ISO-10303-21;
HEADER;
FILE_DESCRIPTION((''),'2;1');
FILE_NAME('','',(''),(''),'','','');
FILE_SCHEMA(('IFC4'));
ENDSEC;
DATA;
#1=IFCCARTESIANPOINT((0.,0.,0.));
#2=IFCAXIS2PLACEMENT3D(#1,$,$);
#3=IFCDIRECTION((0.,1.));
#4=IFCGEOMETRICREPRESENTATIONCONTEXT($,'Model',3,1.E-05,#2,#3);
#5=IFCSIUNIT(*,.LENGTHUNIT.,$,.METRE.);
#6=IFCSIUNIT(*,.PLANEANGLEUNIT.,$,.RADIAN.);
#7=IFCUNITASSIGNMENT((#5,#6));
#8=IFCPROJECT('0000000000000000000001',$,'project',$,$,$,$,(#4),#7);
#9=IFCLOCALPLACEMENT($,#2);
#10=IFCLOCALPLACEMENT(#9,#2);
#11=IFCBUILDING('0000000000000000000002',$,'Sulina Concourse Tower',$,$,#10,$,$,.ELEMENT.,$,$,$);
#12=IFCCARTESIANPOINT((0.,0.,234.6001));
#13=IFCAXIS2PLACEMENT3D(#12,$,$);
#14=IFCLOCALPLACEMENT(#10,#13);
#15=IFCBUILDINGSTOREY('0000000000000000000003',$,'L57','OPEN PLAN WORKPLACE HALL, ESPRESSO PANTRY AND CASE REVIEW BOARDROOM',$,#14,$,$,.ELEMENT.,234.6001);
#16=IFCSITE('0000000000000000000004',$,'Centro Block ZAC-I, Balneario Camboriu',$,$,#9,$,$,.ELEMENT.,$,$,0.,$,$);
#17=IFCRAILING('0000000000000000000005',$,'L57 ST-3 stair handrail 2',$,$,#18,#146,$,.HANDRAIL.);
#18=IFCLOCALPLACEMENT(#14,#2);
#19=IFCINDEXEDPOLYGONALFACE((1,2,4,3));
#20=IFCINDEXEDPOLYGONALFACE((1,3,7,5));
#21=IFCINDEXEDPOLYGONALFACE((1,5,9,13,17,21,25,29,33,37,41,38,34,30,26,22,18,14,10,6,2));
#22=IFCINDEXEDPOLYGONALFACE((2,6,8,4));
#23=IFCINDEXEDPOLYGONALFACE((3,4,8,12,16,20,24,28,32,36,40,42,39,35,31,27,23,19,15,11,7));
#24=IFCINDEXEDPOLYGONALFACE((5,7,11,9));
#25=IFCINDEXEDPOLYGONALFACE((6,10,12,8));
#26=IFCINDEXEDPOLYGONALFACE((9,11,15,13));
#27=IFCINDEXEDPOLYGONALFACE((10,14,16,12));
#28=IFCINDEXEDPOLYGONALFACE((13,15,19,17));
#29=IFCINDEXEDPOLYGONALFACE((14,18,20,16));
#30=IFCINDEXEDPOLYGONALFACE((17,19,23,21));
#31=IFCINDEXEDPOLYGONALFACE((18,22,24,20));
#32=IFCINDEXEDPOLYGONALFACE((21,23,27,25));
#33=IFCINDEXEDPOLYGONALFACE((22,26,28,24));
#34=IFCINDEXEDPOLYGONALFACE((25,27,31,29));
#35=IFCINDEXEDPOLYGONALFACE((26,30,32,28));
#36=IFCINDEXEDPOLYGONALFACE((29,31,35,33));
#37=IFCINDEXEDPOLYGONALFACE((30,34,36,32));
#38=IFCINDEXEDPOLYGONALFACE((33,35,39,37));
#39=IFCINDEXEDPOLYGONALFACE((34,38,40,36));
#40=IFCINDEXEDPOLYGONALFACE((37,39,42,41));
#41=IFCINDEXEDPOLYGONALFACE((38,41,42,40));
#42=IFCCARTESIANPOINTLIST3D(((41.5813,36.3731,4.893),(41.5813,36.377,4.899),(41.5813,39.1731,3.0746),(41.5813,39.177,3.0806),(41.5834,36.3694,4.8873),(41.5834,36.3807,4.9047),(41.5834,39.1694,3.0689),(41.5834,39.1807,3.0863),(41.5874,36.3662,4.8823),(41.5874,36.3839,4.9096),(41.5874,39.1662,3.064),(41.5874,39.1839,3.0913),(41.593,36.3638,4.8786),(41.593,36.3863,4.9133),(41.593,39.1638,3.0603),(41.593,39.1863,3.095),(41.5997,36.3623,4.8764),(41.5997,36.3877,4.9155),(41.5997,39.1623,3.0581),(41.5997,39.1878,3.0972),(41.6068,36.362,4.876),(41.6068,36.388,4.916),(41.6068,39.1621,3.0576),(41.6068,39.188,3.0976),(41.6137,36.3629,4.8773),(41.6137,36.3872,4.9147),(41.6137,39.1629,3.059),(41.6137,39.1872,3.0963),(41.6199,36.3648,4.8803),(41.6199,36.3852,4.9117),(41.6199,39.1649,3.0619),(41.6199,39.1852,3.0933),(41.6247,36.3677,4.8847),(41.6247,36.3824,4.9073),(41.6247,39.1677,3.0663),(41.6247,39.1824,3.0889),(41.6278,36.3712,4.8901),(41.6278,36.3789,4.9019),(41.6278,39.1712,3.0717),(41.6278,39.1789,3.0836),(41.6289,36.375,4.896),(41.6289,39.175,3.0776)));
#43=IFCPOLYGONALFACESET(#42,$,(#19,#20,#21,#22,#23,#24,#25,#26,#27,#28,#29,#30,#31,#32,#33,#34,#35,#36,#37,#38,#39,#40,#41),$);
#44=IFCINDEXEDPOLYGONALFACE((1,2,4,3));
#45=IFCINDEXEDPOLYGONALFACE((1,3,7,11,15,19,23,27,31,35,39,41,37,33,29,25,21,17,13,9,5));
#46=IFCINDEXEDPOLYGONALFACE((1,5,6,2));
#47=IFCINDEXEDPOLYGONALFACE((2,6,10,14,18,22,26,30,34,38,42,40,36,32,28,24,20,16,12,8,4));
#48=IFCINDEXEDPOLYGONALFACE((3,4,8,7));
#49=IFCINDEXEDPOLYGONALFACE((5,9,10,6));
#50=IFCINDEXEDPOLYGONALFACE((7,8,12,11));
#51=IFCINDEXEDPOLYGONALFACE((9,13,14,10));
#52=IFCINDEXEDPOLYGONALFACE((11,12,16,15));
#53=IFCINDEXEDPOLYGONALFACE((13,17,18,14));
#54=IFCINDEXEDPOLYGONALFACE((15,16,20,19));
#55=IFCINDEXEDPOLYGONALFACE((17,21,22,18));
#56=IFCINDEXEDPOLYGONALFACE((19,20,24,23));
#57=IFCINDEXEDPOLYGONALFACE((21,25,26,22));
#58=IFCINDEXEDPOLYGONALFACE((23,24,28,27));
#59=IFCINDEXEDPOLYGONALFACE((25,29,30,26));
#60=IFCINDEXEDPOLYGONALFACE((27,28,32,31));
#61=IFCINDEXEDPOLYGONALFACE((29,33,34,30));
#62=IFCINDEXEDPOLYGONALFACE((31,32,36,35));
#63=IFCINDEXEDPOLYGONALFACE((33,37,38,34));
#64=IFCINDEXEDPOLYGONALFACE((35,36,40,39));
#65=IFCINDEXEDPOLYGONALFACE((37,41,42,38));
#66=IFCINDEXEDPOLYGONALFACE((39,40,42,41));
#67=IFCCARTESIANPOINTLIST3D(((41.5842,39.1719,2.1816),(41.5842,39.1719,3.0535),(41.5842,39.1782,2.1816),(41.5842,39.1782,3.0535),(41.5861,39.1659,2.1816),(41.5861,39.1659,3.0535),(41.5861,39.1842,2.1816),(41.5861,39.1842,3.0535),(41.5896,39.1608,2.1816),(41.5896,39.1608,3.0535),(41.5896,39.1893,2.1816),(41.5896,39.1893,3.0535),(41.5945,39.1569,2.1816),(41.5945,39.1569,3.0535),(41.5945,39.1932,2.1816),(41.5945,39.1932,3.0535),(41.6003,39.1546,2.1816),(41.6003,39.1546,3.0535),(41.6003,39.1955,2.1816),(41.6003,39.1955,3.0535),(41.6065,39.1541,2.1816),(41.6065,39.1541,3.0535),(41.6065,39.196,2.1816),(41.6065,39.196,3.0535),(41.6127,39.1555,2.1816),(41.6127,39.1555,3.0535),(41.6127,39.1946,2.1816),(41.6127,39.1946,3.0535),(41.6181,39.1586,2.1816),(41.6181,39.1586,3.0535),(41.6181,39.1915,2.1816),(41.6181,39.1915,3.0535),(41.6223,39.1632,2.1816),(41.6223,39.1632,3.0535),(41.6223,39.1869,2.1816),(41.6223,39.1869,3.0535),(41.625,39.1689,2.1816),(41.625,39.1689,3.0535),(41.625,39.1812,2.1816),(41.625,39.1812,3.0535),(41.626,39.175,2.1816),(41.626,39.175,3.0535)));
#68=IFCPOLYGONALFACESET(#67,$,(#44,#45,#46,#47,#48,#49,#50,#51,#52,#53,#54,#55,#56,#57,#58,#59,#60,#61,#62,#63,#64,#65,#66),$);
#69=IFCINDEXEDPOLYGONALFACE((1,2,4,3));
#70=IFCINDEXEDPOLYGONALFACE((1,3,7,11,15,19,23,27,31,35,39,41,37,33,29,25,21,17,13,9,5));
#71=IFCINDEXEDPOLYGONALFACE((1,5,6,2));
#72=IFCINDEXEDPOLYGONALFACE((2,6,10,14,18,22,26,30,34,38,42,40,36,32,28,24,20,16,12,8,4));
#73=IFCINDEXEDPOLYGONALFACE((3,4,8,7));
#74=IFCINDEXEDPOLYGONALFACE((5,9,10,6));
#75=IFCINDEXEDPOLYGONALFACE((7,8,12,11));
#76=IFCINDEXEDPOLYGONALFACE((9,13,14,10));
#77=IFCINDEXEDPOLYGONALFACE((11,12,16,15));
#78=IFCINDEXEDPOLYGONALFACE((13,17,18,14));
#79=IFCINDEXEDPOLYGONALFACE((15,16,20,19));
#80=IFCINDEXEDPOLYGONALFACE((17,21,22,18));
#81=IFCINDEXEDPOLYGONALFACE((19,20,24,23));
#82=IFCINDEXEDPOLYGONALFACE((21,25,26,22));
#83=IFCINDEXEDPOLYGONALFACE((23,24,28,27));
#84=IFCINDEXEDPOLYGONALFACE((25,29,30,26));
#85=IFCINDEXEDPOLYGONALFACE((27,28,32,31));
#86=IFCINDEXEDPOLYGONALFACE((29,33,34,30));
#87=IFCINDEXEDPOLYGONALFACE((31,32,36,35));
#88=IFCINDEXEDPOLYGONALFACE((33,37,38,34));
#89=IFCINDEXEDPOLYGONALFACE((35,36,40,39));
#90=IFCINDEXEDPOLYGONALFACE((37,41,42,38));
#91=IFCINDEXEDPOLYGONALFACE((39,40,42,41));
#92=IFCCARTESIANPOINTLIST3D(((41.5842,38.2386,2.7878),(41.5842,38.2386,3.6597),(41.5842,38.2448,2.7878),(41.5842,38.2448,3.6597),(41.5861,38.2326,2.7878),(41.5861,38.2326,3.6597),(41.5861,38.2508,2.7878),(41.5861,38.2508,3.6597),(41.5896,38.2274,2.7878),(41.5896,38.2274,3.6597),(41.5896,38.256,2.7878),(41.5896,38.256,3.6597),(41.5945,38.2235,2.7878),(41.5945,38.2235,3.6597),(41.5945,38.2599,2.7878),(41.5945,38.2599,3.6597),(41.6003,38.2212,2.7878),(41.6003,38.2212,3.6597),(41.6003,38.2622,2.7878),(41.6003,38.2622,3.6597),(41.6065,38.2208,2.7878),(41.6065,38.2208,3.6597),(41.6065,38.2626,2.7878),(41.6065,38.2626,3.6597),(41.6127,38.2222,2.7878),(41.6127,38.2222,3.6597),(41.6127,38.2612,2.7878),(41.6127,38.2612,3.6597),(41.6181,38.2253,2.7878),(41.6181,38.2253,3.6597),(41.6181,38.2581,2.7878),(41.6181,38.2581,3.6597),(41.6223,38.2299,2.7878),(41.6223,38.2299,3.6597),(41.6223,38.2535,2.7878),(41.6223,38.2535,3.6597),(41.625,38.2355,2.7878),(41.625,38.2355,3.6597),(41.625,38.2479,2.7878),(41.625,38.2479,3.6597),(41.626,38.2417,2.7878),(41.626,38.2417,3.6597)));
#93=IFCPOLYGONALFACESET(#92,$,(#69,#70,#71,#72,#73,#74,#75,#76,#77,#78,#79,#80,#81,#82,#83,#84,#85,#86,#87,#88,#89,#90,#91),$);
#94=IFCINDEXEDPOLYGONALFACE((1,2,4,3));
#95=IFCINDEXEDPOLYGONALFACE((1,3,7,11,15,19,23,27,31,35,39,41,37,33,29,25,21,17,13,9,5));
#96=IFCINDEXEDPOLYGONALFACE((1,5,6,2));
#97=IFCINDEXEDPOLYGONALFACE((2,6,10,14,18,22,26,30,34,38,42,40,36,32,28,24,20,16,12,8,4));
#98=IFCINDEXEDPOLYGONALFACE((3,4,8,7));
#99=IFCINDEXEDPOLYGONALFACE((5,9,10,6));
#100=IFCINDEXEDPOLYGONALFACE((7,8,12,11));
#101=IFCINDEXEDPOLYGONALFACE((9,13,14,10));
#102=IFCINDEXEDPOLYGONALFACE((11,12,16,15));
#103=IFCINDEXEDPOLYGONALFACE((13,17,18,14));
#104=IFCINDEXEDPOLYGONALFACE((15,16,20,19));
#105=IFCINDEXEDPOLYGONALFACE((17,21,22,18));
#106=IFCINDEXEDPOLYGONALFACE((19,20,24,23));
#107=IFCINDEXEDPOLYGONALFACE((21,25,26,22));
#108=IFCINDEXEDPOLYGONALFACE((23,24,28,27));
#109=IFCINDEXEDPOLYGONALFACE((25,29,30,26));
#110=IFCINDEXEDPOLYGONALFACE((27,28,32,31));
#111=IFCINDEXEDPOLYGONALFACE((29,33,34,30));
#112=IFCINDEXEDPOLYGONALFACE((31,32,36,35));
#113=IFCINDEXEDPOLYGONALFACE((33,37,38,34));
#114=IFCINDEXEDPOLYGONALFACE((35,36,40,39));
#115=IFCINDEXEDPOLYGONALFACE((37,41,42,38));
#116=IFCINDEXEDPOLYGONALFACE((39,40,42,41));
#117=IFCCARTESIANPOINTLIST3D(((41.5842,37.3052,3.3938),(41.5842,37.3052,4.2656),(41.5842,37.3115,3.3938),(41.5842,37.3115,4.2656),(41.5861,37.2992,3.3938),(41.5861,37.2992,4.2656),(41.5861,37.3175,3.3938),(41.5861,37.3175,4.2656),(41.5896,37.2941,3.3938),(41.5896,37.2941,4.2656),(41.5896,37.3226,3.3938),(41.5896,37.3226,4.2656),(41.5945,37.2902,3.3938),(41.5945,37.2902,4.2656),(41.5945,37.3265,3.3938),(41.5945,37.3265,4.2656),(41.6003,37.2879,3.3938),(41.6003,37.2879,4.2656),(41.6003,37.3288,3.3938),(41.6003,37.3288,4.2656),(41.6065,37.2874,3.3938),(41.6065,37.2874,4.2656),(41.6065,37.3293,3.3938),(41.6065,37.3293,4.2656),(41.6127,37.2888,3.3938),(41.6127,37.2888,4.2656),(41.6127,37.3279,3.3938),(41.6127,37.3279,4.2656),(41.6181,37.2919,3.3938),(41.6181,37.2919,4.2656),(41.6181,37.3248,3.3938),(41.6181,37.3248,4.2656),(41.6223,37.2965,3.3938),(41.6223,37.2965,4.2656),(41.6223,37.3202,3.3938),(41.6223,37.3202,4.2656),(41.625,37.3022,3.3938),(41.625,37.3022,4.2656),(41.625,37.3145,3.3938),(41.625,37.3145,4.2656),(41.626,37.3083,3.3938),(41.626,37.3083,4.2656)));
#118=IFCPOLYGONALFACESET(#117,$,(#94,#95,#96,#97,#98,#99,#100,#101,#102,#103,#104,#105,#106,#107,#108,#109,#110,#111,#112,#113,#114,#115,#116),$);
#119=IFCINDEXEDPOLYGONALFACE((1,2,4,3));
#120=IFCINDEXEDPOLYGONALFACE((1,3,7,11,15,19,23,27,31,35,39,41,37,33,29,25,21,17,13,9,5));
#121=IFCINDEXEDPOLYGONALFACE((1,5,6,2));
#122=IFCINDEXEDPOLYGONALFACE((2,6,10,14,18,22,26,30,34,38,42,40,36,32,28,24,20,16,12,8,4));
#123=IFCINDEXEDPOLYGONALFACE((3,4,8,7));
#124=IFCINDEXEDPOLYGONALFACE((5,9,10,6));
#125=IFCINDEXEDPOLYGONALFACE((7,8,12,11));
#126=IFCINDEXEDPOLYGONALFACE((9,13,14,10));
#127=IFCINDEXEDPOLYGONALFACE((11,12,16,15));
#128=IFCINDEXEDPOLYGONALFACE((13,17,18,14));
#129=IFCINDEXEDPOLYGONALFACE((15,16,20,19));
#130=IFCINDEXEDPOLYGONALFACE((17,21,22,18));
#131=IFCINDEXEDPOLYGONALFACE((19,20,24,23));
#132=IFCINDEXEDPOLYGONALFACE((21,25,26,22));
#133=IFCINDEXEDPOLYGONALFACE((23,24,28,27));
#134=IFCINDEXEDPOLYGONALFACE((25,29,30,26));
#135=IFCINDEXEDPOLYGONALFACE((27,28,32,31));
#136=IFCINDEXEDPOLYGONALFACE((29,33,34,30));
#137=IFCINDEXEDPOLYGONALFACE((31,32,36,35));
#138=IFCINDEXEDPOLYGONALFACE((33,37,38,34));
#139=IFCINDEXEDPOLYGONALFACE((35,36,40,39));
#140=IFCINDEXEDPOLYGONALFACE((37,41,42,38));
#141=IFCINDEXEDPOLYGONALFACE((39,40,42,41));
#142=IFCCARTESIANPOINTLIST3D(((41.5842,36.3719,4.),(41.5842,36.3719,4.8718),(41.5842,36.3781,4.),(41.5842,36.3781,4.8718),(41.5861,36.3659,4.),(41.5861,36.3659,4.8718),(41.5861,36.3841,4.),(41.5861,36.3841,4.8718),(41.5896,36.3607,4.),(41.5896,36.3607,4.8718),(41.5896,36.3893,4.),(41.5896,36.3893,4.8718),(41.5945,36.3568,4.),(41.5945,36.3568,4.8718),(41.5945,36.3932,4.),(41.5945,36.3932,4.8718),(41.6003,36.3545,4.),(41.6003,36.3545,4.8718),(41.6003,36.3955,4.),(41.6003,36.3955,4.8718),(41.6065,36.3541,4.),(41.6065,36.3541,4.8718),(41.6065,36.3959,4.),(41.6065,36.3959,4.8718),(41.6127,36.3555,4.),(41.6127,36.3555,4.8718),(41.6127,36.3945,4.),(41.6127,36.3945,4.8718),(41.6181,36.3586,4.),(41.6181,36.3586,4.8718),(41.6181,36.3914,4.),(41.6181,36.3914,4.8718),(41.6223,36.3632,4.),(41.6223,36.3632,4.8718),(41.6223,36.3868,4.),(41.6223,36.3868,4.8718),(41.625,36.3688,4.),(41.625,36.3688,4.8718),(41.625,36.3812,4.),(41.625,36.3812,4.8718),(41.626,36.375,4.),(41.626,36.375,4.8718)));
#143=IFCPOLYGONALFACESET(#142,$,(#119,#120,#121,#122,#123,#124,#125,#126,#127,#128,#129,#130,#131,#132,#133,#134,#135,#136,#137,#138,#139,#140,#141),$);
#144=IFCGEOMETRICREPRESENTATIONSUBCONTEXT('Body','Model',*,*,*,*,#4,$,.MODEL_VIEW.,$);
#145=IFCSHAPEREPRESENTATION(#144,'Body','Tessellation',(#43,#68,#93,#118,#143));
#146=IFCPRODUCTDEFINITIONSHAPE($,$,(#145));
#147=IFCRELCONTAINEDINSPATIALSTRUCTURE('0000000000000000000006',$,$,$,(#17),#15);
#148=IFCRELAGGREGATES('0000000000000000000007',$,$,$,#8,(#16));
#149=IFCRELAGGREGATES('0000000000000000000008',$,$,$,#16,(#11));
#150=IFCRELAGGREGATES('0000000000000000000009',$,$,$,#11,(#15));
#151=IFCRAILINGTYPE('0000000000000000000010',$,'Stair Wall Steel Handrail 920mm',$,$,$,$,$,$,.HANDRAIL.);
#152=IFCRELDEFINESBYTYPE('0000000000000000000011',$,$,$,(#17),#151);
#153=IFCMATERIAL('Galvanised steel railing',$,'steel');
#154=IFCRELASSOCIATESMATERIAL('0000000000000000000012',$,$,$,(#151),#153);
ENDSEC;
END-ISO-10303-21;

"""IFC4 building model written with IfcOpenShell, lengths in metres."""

from ifc_helpers import new_model, si_unit, direction, frame, origin, origin_2d, place, context, subcontext, project, spatial, circle, extrude, material, type_object, element, save


model = new_model("IFC4")

# Units and contexts
model_context = context("Model", 3, precision=1e-05, world=origin(), true_north=direction((0.0, 1.0)))
body_context = subcontext(model_context, "Body", "Model", "MODEL_VIEW")
ifc_project = project(units=[si_unit("LENGTHUNIT", "METRE"), si_unit("PLANEANGLEUNIT", "RADIAN")], contexts=[model_context])

# Site, building, storey
site_placement = place(None, origin())
site = spatial("IfcSite", under=ifc_project, at=site_placement, Name="Centro Block ZAC-I, Balneario Camboriu", CompositionType="ELEMENT", RefElevation=0.0)
building_placement = place(site_placement, origin())
building = spatial("IfcBuilding", under=site, at=building_placement, Name="Sulina Concourse Tower", CompositionType="ELEMENT")
storey_placement = place(building_placement, frame((0.0, 0.0, 234.6001)))
storey = spatial("IfcBuildingStorey", under=building, at=storey_placement, Name="L57", Description="OPEN PLAN WORKPLACE HALL, ESPRESSO PANTRY AND CASE REVIEW BOARDROOM", CompositionType="ELEMENT", Elevation=234.6001)

# Railing
ifc_material_1 = material(Name="Galvanised steel railing", Category="steel")
railing_type_1 = type_object("IfcRailingType", Name="Stair Wall Steel Handrail 920mm", PredefinedType="HANDRAIL", material=ifc_material_1)
railing_1_placement = place(storey_placement, frame((41.605, 39.175, 2.1816)))
element("IfcRailing", 1, at=railing_1_placement, inside=storey, type_object=railing_type_1, Name="L57 ST-3 stair handrail 2", PredefinedType="HANDRAIL", context=body_context, shape_type="SweptSolid", body=[
    extrude(circle(Radius=0.0239, at=origin_2d()), frame((0.0, 0.0, 0.896), z_axis=(0.0, -0.838672, 0.544636), x_axis=(1.0, 0.0, 0.0)), (0.0, 0.0, 1.0), 3.3386),
    extrude(circle(Radius=0.021, at=origin_2d()), origin(), (0.0, 0.0, 1.0), 0.8718),
    extrude(circle(Radius=0.021, at=origin_2d()), frame((0.0, -0.9333, 0.6062)), (0.0, 0.0, 1.0), 0.8718),
    extrude(circle(Radius=0.021, at=origin_2d()), frame((0.0, -1.8667, 1.2122)), (0.0, 0.0, 1.0), 0.8718),
    extrude(circle(Radius=0.021, at=origin_2d()), frame((0.0, -2.8, 1.8184)), (0.0, 0.0, 1.0), 0.8718),
])

save(model, "model.ifc")
